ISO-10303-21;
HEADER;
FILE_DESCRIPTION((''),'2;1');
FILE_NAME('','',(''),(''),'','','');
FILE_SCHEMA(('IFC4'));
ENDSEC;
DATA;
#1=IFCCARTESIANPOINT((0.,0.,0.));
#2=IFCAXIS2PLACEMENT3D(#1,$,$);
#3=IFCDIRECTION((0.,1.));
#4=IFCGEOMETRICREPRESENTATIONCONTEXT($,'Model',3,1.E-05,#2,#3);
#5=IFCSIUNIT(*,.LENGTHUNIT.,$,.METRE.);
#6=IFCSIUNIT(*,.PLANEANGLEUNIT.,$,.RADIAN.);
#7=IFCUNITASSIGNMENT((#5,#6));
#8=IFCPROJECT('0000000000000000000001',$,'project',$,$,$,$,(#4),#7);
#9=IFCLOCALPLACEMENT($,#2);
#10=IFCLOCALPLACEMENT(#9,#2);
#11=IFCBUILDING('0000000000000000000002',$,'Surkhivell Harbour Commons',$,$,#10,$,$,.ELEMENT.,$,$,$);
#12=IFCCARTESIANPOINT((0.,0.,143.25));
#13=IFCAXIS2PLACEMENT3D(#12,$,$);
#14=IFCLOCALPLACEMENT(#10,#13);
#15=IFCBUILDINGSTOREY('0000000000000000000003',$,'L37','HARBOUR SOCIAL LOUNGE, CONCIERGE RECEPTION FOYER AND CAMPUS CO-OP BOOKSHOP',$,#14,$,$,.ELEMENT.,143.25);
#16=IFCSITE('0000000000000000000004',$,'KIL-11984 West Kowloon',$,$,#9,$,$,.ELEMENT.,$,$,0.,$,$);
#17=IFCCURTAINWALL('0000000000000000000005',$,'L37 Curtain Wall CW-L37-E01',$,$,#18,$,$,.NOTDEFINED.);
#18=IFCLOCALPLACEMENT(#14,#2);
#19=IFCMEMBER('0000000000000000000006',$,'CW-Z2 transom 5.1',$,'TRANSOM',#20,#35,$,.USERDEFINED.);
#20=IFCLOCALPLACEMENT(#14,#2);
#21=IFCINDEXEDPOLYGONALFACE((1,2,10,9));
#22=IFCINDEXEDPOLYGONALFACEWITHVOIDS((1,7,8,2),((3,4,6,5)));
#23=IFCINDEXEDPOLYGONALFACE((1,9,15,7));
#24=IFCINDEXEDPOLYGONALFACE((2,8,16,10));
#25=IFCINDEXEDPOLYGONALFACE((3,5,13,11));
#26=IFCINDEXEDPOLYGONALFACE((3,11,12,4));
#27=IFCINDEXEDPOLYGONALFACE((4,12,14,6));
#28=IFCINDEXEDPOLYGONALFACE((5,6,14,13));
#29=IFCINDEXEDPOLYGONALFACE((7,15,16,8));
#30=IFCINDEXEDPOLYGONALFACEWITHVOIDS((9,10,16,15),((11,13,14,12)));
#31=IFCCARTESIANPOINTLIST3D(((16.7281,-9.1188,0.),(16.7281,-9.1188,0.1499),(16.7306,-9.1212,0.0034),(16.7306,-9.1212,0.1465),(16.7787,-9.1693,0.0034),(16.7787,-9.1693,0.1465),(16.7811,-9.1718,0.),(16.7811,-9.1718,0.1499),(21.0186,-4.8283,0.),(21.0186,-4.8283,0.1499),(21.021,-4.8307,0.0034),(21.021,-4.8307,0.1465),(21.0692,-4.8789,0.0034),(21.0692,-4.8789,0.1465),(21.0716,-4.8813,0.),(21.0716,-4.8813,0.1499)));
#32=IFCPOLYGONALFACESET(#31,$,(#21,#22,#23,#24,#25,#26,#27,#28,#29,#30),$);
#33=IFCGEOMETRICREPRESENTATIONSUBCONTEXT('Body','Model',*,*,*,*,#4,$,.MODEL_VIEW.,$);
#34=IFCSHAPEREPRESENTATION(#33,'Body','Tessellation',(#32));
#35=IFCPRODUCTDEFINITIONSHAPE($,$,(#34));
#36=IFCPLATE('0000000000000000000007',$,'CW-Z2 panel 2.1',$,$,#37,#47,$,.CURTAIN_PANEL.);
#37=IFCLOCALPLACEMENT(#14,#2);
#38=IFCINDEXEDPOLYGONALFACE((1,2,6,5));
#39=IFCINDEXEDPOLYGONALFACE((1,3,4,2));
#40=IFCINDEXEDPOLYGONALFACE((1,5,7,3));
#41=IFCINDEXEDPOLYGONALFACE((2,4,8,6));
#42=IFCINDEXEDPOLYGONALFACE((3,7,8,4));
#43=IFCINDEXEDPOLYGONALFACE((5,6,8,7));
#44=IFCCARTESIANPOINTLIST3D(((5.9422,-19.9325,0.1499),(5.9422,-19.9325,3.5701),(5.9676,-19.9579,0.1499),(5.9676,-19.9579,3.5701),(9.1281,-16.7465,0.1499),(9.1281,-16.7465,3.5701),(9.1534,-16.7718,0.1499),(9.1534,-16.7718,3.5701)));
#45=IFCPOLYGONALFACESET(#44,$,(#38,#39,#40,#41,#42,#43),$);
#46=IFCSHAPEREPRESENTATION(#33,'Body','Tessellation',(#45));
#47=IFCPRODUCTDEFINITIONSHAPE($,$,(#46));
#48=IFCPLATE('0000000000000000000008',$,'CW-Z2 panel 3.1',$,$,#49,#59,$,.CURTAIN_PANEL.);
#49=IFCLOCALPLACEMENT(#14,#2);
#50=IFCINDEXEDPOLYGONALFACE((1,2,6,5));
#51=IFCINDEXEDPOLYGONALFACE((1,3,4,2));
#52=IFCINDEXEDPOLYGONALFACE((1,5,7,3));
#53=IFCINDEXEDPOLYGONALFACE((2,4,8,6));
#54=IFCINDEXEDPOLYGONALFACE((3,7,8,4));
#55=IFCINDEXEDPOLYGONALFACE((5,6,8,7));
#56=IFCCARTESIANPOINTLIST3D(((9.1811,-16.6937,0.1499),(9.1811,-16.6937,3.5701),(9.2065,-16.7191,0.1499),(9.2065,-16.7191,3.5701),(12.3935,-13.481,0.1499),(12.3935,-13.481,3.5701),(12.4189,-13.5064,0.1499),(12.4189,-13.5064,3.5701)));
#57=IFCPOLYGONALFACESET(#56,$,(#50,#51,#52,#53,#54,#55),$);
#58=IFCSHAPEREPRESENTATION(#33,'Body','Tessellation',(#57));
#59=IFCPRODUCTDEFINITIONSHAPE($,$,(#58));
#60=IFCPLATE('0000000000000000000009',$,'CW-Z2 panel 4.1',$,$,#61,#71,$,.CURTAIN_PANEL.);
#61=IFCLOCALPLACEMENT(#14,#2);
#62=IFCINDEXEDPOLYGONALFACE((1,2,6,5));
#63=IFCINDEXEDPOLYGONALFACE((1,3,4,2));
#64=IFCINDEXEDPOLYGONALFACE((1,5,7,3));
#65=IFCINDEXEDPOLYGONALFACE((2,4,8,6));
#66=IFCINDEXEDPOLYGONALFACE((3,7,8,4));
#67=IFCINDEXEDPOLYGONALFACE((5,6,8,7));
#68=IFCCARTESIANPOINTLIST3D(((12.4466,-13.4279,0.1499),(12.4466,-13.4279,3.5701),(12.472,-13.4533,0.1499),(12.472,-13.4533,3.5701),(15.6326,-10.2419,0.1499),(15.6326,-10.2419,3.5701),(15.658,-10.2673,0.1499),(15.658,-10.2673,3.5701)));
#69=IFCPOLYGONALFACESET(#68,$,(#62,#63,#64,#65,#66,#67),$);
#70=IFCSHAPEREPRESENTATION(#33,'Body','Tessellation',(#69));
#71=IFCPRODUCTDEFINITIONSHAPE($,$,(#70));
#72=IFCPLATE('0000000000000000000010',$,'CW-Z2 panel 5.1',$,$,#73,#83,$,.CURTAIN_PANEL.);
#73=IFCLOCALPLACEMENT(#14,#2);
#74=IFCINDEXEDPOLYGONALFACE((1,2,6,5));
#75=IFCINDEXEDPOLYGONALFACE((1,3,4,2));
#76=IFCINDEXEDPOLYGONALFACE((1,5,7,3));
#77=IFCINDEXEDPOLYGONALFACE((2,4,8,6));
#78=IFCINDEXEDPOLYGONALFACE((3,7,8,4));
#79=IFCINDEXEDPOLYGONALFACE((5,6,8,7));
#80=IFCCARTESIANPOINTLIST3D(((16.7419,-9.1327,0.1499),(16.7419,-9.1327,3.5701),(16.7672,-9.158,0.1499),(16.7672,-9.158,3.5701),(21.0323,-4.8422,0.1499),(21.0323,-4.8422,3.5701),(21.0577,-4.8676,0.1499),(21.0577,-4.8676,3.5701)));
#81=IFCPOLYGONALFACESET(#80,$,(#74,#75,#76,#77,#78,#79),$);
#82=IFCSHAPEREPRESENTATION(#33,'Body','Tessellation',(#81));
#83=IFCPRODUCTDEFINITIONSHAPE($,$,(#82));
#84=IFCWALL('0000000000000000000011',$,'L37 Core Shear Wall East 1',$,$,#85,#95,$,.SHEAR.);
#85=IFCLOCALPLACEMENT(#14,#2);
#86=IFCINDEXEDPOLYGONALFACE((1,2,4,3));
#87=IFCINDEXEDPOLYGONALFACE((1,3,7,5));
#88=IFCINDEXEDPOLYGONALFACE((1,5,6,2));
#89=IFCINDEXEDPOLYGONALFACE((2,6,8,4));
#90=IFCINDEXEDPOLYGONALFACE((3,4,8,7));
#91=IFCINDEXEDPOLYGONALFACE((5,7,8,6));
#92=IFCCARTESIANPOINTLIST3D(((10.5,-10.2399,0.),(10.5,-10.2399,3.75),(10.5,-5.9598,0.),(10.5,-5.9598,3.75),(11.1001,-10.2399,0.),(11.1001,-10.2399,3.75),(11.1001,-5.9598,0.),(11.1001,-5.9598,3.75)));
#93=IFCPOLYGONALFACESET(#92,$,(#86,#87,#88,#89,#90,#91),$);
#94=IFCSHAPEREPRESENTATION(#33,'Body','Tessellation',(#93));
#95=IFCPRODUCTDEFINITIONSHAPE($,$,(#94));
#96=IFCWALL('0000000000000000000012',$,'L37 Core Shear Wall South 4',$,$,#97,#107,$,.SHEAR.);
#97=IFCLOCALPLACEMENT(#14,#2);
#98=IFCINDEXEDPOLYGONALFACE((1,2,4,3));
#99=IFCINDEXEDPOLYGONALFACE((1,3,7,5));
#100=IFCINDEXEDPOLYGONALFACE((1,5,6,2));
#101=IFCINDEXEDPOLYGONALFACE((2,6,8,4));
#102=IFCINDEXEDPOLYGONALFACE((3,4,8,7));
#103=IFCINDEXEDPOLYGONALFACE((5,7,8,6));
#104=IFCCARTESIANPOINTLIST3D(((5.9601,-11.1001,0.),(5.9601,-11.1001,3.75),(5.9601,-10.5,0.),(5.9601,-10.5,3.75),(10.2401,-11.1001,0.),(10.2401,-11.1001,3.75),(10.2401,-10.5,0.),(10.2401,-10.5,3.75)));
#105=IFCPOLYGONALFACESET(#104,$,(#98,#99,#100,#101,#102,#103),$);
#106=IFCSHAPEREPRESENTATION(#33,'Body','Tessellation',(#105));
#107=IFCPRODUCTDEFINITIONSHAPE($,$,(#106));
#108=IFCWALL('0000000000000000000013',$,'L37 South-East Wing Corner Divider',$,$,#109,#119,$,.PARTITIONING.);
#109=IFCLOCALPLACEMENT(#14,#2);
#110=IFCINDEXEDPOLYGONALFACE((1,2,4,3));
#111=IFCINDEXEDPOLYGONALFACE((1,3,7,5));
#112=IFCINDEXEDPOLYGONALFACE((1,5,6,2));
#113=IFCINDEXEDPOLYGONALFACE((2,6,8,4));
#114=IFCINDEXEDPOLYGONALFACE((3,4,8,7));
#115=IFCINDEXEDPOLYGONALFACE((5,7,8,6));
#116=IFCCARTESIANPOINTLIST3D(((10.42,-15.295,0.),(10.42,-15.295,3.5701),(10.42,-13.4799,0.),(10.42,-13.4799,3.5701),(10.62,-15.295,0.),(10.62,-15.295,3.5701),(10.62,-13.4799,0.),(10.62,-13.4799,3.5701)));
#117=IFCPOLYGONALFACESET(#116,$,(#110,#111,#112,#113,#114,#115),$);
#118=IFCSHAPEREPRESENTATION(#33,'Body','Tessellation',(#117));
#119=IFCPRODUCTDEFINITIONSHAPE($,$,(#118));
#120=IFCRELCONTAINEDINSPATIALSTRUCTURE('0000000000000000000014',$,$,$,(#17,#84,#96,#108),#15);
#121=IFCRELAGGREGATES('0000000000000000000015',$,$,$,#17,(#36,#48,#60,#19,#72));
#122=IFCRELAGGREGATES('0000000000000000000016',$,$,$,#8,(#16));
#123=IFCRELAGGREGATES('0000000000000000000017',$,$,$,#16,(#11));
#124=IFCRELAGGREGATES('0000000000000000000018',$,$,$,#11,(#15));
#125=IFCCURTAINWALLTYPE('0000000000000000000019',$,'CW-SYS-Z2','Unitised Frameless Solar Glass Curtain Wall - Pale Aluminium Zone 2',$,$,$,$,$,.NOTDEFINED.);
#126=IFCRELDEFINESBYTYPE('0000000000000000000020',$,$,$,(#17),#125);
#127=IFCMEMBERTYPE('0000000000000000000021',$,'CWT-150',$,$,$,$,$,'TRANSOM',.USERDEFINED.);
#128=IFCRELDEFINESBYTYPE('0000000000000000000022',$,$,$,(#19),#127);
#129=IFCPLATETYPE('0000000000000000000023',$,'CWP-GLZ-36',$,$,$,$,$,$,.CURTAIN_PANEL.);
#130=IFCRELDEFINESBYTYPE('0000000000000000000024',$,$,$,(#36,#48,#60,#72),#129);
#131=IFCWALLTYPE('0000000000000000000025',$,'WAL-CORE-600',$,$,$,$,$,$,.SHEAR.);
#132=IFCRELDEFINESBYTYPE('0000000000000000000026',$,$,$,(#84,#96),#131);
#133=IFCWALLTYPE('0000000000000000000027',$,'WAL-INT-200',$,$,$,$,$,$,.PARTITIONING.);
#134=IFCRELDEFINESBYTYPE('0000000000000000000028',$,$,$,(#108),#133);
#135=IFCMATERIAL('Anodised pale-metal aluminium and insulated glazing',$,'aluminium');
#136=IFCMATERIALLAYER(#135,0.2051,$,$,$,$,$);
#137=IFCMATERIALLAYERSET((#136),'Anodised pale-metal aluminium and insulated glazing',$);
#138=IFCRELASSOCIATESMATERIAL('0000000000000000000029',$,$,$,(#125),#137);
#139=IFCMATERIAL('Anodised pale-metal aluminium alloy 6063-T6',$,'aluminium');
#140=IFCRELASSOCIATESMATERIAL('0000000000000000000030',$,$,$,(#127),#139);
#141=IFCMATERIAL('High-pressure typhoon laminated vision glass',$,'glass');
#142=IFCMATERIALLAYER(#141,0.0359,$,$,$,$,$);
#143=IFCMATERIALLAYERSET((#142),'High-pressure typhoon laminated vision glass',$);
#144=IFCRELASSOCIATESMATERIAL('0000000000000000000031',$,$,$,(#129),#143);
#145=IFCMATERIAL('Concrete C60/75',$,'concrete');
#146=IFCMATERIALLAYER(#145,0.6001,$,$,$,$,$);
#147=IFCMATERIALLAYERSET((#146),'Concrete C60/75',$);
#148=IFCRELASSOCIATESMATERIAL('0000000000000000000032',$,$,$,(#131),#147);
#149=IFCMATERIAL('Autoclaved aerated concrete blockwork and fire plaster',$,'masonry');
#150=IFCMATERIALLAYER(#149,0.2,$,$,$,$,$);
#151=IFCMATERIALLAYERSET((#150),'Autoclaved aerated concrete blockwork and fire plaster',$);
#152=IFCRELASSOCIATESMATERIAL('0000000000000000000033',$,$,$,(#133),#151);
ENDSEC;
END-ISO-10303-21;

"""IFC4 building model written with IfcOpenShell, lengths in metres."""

from ifc_helpers import new_model, si_unit, direction, frame, frame_2d, origin, origin_2d, place, context, subcontext, project, spatial, rectangle, hollow_rectangle, extrude, material, layer, layer_set, material_profile, profile_set, type_object, element, aggregate, save


model = new_model("IFC4")

# Units and contexts
model_context = context("Model", 3, precision=1e-05, world=origin(), true_north=direction((0.0, 1.0)))
body_context = subcontext(model_context, "Body", "Model", "MODEL_VIEW")
ifc_project = project(units=[si_unit("LENGTHUNIT", "METRE"), si_unit("PLANEANGLEUNIT", "RADIAN")], contexts=[model_context])

# Site, building, storey
site_placement = place(None, origin())
site = spatial("IfcSite", under=ifc_project, at=site_placement, Name="KIL-11984 West Kowloon", CompositionType="ELEMENT", RefElevation=0.0)
building_placement = place(site_placement, origin())
building = spatial("IfcBuilding", under=site, at=building_placement, Name="Surkhivell Harbour Commons", CompositionType="ELEMENT")
storey_placement = place(building_placement, frame((0.0, 0.0, 143.25)))
storey = spatial("IfcBuildingStorey", under=building, at=storey_placement, Name="L37", Description="HARBOUR SOCIAL LOUNGE, CONCIERGE RECEPTION FOYER AND CAMPUS CO-OP BOOKSHOP", CompositionType="ELEMENT", Elevation=143.25)

# Shared definitions
ifc_material_1 = material(Name="Concrete C60/75", Category="concrete")

# Curtain wall, member, plates
ifc_material_2 = material(Name="Anodised pale-metal aluminium and insulated glazing", Category="aluminium")
ifc_layer_1 = layer(ifc_material_2, 0.2051)
ifc_layer_set_1 = layer_set([ifc_layer_1], Name="Anodised pale-metal aluminium and insulated glazing")
curtain_wall_type = type_object("IfcCurtainWallType", Name="CW-SYS-Z2", Description="Unitised Frameless Solar Glass Curtain Wall - Pale Aluminium Zone 2", PredefinedType="NOTDEFINED", material=ifc_layer_set_1)
curtain_wall_placement = place(storey_placement, origin())
curtain_wall = element("IfcCurtainWall", 1, at=curtain_wall_placement, inside=storey, type_object=curtain_wall_type, Name="L37 Curtain Wall CW-L37-E01", PredefinedType="NOTDEFINED")
ifc_material_3 = material(Name="Anodised pale-metal aluminium alloy 6063-T6", Category="aluminium")
ifc_material_profile_1 = material_profile(ifc_material_3, hollow_rectangle(XDim=0.075, YDim=0.1499, WallThickness=0.0034, at=origin_2d()), Name="ALU-TRAN-75x150")
ifc_profile_set_1 = profile_set([ifc_material_profile_1], Name="Anodised pale-metal aluminium alloy 6063-T6")
member_type_1 = type_object("IfcMemberType", Name="CWT-150", ElementType="TRANSOM", PredefinedType="USERDEFINED", material=ifc_profile_set_1)
member_1_placement = place(storey_placement, frame((16.7546, -9.1453, 0.075), z_axis=(0.707107, 0.707107, 0.0), x_axis=(-0.707107, 0.707107, 0.0)))
member_1 = element("IfcMember", 2, at=member_1_placement, type_object=member_type_1, Name="CW-Z2 transom 5.1", ObjectType="TRANSOM", PredefinedType="USERDEFINED", context=body_context, shape_type="SweptSolid", body=[
    extrude(hollow_rectangle(XDim=0.075, YDim=0.1499, WallThickness=0.0034, at=origin_2d()), origin(), (0.0, 0.0, 1.0), 6.0676),
])
ifc_material_4 = material(Name="High-pressure typhoon laminated vision glass", Category="glass")
ifc_layer_2 = layer(ifc_material_4, 0.0359)
ifc_layer_set_2 = layer_set([ifc_layer_2], Name="High-pressure typhoon laminated vision glass")
plate_type = type_object("IfcPlateType", Name="CWP-GLZ-36", PredefinedType="CURTAIN_PANEL", material=ifc_layer_set_2)
plate_1_placement = place(storey_placement, frame((5.9548, -19.9453, 0.1499), z_axis=(0.0, 0.0, 1.0), x_axis=(0.70708, 0.707134, 0.0)))
plate_1 = element("IfcPlate", 3, at=plate_1_placement, type_object=plate_type, Name="CW-Z2 panel 2.1", PredefinedType="CURTAIN_PANEL", context=body_context, shape_type="SweptSolid", body=[
    extrude(rectangle(XDim=4.5056, YDim=0.0359, at=frame_2d((2.2529, 0.0))), origin(), (0.0, 0.0, 1.0), 3.4202),
])
plate_2_placement = place(storey_placement, frame((9.1938, -16.7063, 0.1499), z_axis=(0.0, 0.0, 1.0), x_axis=(0.70708, 0.707134, 0.0)))
plate_2 = element("IfcPlate", 4, at=plate_2_placement, type_object=plate_type, Name="CW-Z2 panel 3.1", PredefinedType="CURTAIN_PANEL", context=body_context, shape_type="SweptSolid", body=[
    extrude(rectangle(XDim=4.5432, YDim=0.0359, at=frame_2d((2.2715, 0.0))), origin(), (0.0, 0.0, 1.0), 3.4202),
])
plate_3_placement = place(storey_placement, frame((12.4592, -13.4407, 0.1499), z_axis=(0.0, 0.0, 1.0), x_axis=(0.707107, 0.707107, 0.0)))
plate_3 = element("IfcPlate", 5, at=plate_3_placement, type_object=plate_type, Name="CW-Z2 panel 4.1", PredefinedType="CURTAIN_PANEL", context=body_context, shape_type="SweptSolid", body=[
    extrude(rectangle(XDim=4.5056, YDim=0.0359, at=frame_2d((2.2529, 0.0))), origin(), (0.0, 0.0, 1.0), 3.4202),
])
plate_4_placement = place(storey_placement, frame((16.7546, -9.1453, 0.1499), z_axis=(0.0, 0.0, 1.0), x_axis=(0.707107, 0.707107, 0.0)))
plate_4 = element("IfcPlate", 6, at=plate_4_placement, type_object=plate_type, Name="CW-Z2 panel 5.1", PredefinedType="CURTAIN_PANEL", context=body_context, shape_type="SweptSolid", body=[
    extrude(rectangle(XDim=6.0676, YDim=0.0359, at=frame_2d((3.0337, 0.0))), origin(), (0.0, 0.0, 1.0), 3.4202),
])
aggregate(curtain_wall, [plate_1, plate_2, plate_3, member_1, plate_4])

# Walls
ifc_layer_3 = layer(ifc_material_1, 0.6001)
ifc_layer_set_3 = layer_set([ifc_layer_3], Name="Concrete C60/75")
wall_type_1 = type_object("IfcWallType", Name="WAL-CORE-600", PredefinedType="SHEAR", material=ifc_layer_set_3)
for number, where, z_axis, x_axis, name in (
    (7, (10.8, -10.24, 0.0), (0.0, 0.0, 1.0), (0.0, 1.0, 0.0), "L37 Core Shear Wall East 1"),
    (8, (5.96, -10.8, 0.0), (0.0, 0.0, 1.0), (1.0, 0.0, 0.0), "L37 Core Shear Wall South 4"),
):
    element("IfcWall", number, at=place(storey_placement, frame(where, z_axis=z_axis, x_axis=x_axis)), inside=storey, type_object=wall_type_1, Name=name, PredefinedType="SHEAR", context=body_context, shape_type="SweptSolid", body=[
        extrude(rectangle(XDim=4.28, YDim=0.6001, at=frame_2d((2.1401, 0.0))), origin(), (0.0, 0.0, 1.0), 3.75),
    ])
ifc_material_5 = material(Name="Autoclaved aerated concrete blockwork and fire plaster", Category="masonry")
ifc_layer_4 = layer(ifc_material_5, 0.2)
ifc_layer_set_4 = layer_set([ifc_layer_4], Name="Autoclaved aerated concrete blockwork and fire plaster")
wall_type_2 = type_object("IfcWallType", Name="WAL-INT-200", PredefinedType="PARTITIONING", material=ifc_layer_set_4)
wall_1_placement = place(storey_placement, frame((10.52, -15.2952, 0.0), z_axis=(0.0, 0.0, 1.0), x_axis=(0.0, 1.0, 0.0)))
element("IfcWall", 9, at=wall_1_placement, inside=storey, type_object=wall_type_2, Name="L37 South-East Wing Corner Divider", PredefinedType="PARTITIONING", context=body_context, shape_type="SweptSolid", body=[
    extrude(rectangle(XDim=1.8152, YDim=0.2, at=frame_2d((0.9077, 0.0))), origin(), (0.0, 0.0, 1.0), 3.5701),
])

save(model, "model.ifc")
